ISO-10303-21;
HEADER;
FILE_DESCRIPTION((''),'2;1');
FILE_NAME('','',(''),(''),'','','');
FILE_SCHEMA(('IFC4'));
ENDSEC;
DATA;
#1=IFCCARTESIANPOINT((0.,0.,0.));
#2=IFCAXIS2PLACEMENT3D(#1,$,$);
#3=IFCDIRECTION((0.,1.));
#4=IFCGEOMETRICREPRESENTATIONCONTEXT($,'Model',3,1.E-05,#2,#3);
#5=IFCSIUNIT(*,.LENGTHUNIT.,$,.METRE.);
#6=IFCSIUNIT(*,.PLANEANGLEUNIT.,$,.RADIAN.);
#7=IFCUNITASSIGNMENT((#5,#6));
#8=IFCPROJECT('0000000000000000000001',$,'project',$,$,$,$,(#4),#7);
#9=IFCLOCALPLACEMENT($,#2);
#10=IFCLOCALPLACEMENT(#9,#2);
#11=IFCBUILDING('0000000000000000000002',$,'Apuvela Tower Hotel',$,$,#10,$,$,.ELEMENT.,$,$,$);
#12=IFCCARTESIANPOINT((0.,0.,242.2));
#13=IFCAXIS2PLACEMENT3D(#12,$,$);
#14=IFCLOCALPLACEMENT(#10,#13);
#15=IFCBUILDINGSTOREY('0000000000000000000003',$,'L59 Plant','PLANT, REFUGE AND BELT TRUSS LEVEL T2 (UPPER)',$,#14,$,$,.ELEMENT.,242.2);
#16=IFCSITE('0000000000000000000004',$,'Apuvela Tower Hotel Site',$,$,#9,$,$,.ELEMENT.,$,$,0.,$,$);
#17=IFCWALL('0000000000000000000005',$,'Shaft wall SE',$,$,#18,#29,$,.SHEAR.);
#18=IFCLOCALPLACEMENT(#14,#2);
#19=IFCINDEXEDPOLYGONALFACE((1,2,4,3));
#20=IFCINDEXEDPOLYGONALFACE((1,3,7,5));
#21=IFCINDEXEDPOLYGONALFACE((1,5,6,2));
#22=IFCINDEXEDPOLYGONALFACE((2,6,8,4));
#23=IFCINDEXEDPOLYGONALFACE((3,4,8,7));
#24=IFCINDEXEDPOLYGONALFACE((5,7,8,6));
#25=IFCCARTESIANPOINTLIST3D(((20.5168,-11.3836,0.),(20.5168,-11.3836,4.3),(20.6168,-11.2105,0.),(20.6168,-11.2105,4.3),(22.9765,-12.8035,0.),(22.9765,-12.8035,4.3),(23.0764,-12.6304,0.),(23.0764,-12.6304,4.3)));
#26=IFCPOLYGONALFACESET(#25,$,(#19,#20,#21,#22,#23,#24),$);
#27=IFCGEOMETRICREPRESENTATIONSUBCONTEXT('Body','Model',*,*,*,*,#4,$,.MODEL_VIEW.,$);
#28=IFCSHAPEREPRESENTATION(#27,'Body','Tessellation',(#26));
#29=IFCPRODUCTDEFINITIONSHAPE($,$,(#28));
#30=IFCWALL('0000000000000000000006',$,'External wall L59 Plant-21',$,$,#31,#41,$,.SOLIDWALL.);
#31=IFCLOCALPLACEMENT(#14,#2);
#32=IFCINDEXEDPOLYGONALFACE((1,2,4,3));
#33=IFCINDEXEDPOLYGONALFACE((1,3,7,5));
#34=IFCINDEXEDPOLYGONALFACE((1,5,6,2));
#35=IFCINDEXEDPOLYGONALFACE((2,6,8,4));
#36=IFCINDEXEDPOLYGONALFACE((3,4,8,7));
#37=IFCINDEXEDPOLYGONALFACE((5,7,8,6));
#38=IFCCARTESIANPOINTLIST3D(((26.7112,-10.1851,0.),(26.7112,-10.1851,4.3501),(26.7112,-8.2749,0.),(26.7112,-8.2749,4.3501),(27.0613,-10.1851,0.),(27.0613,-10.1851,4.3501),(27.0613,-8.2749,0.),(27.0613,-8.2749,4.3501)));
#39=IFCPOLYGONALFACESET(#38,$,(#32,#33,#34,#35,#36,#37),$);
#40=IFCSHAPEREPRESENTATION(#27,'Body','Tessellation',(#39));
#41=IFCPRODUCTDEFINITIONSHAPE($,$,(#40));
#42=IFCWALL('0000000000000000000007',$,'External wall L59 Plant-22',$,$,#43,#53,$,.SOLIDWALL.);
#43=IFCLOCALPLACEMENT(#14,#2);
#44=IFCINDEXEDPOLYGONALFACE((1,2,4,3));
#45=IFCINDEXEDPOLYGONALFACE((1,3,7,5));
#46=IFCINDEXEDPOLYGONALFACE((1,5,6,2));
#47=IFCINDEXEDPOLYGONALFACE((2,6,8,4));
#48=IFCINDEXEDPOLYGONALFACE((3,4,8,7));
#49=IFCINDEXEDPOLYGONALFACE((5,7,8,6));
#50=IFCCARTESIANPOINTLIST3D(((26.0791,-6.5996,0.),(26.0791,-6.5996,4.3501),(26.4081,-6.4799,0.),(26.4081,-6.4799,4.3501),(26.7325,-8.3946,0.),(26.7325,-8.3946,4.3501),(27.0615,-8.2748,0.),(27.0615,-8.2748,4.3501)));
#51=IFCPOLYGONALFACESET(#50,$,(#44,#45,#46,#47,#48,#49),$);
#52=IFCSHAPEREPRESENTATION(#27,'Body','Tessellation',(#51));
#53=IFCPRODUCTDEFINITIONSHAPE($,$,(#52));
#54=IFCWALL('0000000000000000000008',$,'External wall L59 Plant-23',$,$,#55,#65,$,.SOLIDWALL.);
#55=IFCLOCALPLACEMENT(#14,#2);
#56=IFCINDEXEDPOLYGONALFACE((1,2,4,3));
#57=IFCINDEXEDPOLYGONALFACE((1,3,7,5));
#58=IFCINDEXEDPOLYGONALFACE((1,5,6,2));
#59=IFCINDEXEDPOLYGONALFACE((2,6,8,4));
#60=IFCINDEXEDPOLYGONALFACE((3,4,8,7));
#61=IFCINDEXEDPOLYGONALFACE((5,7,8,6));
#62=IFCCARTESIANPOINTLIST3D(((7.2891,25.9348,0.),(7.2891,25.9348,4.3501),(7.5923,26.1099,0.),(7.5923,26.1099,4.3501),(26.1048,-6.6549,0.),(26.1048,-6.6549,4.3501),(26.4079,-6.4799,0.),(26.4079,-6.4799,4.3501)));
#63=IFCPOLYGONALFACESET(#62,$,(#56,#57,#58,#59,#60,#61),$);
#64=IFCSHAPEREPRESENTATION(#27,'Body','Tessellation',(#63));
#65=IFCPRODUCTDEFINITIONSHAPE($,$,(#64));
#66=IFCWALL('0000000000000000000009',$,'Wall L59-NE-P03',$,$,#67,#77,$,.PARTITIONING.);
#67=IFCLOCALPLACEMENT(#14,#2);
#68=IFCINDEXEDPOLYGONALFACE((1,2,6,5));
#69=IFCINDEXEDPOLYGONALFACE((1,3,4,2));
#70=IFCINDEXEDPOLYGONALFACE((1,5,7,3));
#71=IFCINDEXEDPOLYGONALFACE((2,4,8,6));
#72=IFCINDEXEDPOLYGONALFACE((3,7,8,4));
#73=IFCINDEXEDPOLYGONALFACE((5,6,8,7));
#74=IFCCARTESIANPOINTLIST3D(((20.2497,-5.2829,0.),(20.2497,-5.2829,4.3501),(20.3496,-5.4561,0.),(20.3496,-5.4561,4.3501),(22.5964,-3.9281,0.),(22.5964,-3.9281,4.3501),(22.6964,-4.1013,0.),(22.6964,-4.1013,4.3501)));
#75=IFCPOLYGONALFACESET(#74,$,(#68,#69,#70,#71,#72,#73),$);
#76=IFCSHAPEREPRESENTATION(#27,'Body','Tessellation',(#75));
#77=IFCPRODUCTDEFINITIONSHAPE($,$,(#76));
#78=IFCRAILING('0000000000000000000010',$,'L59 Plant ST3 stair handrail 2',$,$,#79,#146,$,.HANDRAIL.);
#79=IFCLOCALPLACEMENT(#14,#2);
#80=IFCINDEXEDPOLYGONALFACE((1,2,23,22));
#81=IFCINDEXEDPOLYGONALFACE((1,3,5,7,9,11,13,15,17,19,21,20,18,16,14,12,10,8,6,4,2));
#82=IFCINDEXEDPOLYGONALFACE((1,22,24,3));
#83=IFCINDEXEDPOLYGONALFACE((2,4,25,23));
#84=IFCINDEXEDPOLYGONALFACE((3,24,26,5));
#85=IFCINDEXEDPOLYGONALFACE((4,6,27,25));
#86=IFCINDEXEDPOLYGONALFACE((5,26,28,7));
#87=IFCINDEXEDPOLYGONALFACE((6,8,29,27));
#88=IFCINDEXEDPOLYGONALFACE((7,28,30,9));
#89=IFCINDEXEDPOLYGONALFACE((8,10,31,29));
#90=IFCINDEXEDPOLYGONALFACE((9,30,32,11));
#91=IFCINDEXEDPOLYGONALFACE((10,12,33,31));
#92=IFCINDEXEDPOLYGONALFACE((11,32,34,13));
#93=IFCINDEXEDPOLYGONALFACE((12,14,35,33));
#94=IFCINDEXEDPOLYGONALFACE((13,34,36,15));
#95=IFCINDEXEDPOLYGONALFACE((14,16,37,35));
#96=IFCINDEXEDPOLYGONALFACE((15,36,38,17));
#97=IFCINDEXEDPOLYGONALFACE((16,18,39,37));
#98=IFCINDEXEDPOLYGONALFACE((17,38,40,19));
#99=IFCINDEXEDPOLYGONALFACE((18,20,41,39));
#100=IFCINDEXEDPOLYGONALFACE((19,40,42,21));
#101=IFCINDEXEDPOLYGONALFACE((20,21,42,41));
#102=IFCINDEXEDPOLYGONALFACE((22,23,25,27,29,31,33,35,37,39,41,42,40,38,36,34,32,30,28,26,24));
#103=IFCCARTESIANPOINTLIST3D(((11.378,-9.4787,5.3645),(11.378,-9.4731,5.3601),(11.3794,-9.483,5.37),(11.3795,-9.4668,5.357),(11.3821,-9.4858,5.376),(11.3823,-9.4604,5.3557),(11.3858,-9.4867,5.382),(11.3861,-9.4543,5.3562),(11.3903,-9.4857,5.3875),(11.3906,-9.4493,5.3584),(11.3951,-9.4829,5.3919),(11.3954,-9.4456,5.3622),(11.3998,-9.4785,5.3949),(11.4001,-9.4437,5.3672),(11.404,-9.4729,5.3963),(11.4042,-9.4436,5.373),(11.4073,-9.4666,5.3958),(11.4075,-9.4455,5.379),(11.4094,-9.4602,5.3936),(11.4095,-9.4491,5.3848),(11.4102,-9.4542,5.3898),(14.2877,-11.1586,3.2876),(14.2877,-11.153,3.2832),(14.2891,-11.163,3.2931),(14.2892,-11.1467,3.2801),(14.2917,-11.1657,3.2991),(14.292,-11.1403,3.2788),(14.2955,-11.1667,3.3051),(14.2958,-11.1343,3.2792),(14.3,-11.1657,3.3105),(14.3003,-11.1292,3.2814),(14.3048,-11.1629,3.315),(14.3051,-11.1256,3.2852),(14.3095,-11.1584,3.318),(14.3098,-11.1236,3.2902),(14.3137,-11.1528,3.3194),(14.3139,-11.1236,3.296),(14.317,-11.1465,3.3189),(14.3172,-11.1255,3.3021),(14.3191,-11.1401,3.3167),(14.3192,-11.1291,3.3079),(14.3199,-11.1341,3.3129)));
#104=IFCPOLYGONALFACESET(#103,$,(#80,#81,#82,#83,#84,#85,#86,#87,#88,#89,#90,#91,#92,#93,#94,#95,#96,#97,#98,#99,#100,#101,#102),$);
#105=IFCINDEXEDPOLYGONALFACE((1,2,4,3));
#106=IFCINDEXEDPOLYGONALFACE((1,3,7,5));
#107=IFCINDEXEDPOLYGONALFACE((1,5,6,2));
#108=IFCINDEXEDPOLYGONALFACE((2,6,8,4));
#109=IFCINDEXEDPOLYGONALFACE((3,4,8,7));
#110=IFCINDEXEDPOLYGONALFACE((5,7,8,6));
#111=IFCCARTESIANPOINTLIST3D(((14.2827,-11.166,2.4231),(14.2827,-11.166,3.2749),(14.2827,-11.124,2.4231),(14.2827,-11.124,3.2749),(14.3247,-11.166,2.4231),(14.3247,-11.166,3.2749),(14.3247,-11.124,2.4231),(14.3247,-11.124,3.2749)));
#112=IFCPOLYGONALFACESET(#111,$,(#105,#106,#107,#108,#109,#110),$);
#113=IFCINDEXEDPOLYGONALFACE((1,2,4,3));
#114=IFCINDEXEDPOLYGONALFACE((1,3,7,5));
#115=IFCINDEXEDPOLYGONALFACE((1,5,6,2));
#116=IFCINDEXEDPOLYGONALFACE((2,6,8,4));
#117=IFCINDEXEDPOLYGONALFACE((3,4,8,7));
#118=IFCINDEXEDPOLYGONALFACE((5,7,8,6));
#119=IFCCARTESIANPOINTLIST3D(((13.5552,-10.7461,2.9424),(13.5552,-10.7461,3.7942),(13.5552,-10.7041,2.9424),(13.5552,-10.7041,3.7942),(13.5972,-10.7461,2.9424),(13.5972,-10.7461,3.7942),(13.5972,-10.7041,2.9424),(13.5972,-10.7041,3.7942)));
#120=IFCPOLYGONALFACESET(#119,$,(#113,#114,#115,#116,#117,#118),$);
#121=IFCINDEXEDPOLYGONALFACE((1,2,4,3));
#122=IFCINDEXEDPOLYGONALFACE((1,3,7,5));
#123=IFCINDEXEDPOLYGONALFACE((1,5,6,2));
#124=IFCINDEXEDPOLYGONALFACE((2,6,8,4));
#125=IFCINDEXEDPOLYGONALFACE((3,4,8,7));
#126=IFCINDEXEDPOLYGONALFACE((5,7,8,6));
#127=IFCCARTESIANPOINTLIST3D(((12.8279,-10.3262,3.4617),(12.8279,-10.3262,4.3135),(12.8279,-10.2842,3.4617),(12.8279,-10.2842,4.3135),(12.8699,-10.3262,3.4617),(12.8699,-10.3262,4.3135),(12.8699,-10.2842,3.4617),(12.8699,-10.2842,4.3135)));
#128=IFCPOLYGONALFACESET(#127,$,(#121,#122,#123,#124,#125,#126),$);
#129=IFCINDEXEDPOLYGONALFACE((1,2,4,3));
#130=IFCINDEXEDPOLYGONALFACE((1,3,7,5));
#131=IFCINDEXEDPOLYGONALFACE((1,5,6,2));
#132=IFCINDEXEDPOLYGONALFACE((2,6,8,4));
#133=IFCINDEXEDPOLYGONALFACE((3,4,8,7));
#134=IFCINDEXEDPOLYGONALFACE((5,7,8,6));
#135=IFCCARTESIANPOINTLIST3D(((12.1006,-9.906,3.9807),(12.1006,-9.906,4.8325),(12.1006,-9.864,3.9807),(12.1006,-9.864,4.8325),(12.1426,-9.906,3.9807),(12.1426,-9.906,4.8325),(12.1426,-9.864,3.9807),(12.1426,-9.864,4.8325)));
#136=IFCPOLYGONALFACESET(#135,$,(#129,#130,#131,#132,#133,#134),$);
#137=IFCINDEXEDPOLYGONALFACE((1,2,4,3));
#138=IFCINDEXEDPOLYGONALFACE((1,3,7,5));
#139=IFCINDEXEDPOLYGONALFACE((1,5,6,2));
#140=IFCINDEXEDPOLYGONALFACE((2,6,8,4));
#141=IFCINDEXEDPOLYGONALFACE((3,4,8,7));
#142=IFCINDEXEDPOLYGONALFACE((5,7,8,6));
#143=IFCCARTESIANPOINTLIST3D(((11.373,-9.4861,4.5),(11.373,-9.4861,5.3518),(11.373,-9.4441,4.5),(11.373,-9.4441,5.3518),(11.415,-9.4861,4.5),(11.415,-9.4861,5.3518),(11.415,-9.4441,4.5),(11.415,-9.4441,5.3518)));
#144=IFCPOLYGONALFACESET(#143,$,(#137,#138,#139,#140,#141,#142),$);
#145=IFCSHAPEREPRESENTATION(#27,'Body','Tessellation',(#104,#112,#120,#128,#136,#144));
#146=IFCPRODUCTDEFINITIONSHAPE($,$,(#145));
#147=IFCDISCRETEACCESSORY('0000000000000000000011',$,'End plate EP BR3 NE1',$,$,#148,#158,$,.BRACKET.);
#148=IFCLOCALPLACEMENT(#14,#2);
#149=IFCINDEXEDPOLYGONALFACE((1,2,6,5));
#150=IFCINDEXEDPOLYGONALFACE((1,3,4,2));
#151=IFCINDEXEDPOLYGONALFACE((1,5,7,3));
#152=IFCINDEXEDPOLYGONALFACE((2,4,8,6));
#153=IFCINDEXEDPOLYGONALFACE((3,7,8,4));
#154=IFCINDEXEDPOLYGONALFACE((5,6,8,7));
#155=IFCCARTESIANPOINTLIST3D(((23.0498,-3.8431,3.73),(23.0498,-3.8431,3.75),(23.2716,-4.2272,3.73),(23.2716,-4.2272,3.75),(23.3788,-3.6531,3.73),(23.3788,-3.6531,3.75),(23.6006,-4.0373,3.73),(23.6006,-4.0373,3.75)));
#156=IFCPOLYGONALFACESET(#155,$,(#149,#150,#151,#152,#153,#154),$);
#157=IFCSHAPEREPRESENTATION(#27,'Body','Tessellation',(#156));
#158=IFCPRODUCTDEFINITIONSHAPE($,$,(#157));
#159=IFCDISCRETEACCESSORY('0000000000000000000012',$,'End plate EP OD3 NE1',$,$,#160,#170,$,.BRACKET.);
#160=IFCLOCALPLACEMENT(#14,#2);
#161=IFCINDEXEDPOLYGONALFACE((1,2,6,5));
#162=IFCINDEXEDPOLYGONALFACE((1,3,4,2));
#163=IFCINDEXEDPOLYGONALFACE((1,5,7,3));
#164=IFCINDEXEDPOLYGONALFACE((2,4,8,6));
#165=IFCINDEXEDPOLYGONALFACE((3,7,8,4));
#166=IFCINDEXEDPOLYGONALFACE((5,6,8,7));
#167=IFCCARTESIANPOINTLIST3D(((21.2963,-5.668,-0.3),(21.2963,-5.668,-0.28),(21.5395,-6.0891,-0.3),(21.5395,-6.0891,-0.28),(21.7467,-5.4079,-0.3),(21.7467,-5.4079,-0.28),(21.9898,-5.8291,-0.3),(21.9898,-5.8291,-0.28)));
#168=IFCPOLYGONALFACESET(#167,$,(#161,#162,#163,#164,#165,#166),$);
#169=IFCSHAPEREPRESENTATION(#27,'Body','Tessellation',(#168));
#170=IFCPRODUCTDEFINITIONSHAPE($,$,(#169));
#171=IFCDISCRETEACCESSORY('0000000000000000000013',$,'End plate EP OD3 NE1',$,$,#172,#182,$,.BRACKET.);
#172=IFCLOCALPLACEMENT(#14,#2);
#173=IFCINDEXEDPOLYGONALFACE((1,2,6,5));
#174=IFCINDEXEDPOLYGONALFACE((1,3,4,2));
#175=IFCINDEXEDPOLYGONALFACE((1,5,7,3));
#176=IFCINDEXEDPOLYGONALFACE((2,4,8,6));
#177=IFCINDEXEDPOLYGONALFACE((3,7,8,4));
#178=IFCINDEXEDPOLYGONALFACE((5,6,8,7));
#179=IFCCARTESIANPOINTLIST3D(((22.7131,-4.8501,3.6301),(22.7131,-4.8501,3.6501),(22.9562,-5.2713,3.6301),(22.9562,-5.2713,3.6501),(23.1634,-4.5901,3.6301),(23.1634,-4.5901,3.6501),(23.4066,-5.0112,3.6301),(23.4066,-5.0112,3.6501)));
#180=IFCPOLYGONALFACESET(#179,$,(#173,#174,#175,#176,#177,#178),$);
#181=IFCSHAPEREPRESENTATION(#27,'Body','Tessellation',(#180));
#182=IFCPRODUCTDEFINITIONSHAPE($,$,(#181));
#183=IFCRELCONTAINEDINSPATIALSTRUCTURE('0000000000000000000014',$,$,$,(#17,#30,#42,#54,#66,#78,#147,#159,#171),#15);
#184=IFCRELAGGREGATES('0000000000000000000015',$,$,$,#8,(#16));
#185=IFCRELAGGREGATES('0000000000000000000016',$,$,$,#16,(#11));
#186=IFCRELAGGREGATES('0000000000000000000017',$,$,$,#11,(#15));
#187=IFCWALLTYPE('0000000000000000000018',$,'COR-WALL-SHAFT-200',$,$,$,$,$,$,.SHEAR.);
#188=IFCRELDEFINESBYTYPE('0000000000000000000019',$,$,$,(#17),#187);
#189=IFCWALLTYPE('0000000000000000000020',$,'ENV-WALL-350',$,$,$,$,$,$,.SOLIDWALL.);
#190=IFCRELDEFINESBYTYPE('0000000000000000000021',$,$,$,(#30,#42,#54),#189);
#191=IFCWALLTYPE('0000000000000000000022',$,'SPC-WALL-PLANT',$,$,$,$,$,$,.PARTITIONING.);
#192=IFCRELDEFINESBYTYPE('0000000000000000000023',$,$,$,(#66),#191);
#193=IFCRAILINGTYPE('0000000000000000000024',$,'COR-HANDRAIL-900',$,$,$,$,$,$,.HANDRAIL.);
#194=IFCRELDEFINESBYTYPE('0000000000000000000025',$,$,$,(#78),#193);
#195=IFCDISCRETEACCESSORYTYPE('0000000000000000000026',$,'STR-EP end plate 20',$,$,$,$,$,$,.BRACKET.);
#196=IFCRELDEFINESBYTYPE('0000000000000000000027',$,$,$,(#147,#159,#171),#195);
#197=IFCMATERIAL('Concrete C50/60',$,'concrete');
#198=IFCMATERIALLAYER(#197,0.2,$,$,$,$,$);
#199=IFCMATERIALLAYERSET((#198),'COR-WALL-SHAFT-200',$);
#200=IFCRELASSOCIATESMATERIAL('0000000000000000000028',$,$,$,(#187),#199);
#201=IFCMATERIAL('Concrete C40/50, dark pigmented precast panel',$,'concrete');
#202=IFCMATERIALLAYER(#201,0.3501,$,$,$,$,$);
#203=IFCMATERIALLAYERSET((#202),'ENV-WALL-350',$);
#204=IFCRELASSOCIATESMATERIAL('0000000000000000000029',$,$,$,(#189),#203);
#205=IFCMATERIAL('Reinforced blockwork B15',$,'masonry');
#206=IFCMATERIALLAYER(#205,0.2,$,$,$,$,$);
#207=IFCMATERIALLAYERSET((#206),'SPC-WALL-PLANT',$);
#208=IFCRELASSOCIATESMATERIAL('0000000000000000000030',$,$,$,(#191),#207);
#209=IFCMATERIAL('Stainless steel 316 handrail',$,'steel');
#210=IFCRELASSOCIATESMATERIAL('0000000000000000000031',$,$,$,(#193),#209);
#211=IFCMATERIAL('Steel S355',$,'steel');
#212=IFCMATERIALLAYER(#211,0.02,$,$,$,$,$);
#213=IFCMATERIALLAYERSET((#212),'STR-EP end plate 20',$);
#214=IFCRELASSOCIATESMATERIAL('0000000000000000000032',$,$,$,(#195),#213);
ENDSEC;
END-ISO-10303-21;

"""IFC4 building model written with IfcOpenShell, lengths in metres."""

from ifc_helpers import new_model, si_unit, direction, frame, frame_2d, origin, origin_2d, place, context, subcontext, project, spatial, rectangle, circle, extrude, material, layer, layer_set, type_object, element, save


model = new_model("IFC4")

# Units and contexts
model_context = context("Model", 3, precision=1e-05, world=origin(), true_north=direction((0.0, 1.0)))
body_context = subcontext(model_context, "Body", "Model", "MODEL_VIEW")
ifc_project = project(units=[si_unit("LENGTHUNIT", "METRE"), si_unit("PLANEANGLEUNIT", "RADIAN")], contexts=[model_context])

# Site, building, storey
site_placement = place(None, origin())
site = spatial("IfcSite", under=ifc_project, at=site_placement, Name="Apuvela Tower Hotel Site", CompositionType="ELEMENT", RefElevation=0.0)
building_placement = place(site_placement, origin())
building = spatial("IfcBuilding", under=site, at=building_placement, Name="Apuvela Tower Hotel", CompositionType="ELEMENT")
storey_placement = place(building_placement, frame((0.0, 0.0, 242.2)))
storey = spatial("IfcBuildingStorey", under=building, at=storey_placement, Name="L59 Plant", Description="PLANT, REFUGE AND BELT TRUSS LEVEL T2 (UPPER)", CompositionType="ELEMENT", Elevation=242.2)

# Shared definitions
ifc_material_1 = material(Name="Steel S355", Category="steel")

# Shared definitions
ifc_material_2 = material(Name="Concrete C50/60", Category="concrete")
ifc_layer_1 = layer(ifc_material_2, 0.2)
ifc_layer_set_1 = layer_set([ifc_layer_1], Name="COR-WALL-SHAFT-200")
wall_type_1 = type_object("IfcWallType", Name="COR-WALL-SHAFT-200", PredefinedType="SHEAR", material=ifc_layer_set_1)

# Walls
wall_1_placement = place(storey_placement, frame((20.5669, -11.2971, 0.0), z_axis=(0.0, 0.0, 1.0), x_axis=(0.866055, -0.499948, 0.0)))
element("IfcWall", 1, at=wall_1_placement, inside=storey, type_object=wall_type_1, Name="Shaft wall SE", PredefinedType="SHEAR", context=body_context, shape_type="SweptSolid", body=[
    extrude(rectangle(XDim=2.8401, YDim=0.2, at=frame_2d((1.4199, 0.0))), origin(), (0.0, 0.0, 1.0), 4.3),
])
ifc_material_3 = material(Name="Concrete C40/50, dark pigmented precast panel", Category="concrete")
ifc_layer_2 = layer(ifc_material_3, 0.3501)
ifc_layer_set_2 = layer_set([ifc_layer_2], Name="ENV-WALL-350")
wall_type_2 = type_object("IfcWallType", Name="ENV-WALL-350", PredefinedType="SOLIDWALL", material=ifc_layer_set_2)
for number, where, z_axis, x_axis, name in (
    (2, (26.8862, -10.1851, 0.0), (0.0, 0.0, 1.0), (0.0, 1.0, 0.0), "External wall L59 Plant-21"),
    (3, (26.897, -8.3347, 0.0), (0.0, 0.0, 1.0), (-0.34203, 0.939689, 0.0), "External wall L59 Plant-22"),
):
    element("IfcWall", number, at=place(storey_placement, frame(where, z_axis=z_axis, x_axis=x_axis)), inside=storey, type_object=wall_type_2, Name=name, PredefinedType="SOLIDWALL", context=body_context, shape_type="SweptSolid", body=[
        extrude(rectangle(XDim=1.9102, YDim=0.3501, at=frame_2d((0.9551, 0.0))), origin(), (0.0, 0.0, 1.0), 4.3501),
    ])
wall_2_placement = place(storey_placement, frame((26.2563, -6.5674, 0.0), z_axis=(0.0, 0.0, 1.0), x_axis=(-0.499998, 0.866026, 0.0)))
element("IfcWall", 4, at=wall_2_placement, inside=storey, type_object=wall_type_2, Name="External wall L59 Plant-23", PredefinedType="SOLIDWALL", context=body_context, shape_type="SweptSolid", body=[
    extrude(rectangle(XDim=37.6313, YDim=0.3501, at=frame_2d((18.8157, 0.0))), origin(), (0.0, 0.0, 1.0), 4.3501),
])
ifc_material_4 = material(Name="Reinforced blockwork B15", Category="masonry")
ifc_layer_3 = layer(ifc_material_4, 0.2)
ifc_layer_set_3 = layer_set([ifc_layer_3], Name="SPC-WALL-PLANT")
wall_type_3 = type_object("IfcWallType", Name="SPC-WALL-PLANT", PredefinedType="PARTITIONING", material=ifc_layer_set_3)
wall_3_placement = place(storey_placement, frame((22.6465, -4.0146, 0.0), z_axis=(0.0, 0.0, 1.0), x_axis=(-0.866045, -0.499967, 0.0)))
element("IfcWall", 5, at=wall_3_placement, inside=storey, type_object=wall_type_3, Name="Wall L59-NE-P03", PredefinedType="PARTITIONING", context=body_context, shape_type="SweptSolid", body=[
    extrude(rectangle(XDim=2.7097, YDim=0.2, at=frame_2d((1.355, 0.0))), origin(), (0.0, 0.0, 1.0), 4.3501),
])

# Railing
ifc_material_5 = material(Name="Stainless steel 316 handrail", Category="steel")
railing_type = type_object("IfcRailingType", Name="COR-HANDRAIL-900", PredefinedType="HANDRAIL", material=ifc_material_5)
railing_placement = place(storey_placement, frame((14.3037, -11.145, 2.4231)))
element("IfcRailing", 6, at=railing_placement, inside=storey, type_object=railing_type, Name="L59 Plant ST3 stair handrail 2", PredefinedType="HANDRAIL", context=body_context, shape_type="SweptSolid", body=[
    extrude(circle(Radius=0.0239, at=origin_2d()), frame((0.0, 0.0, 0.876), z_axis=(-0.73664, 0.425308, 0.525809), x_axis=(-0.500008, -0.866021, 0.0)), (0.0, 0.0, 1.0), 3.95),
    extrude(rectangle(XDim=0.042, YDim=0.042, at=origin_2d()), origin(), (0.0, 0.0, 1.0), 0.8518),
    extrude(rectangle(XDim=0.042, YDim=0.042, at=origin_2d()), frame((-0.7275, 0.4199, 0.5193)), (0.0, 0.0, 1.0), 0.8518),
    extrude(rectangle(XDim=0.042, YDim=0.042, at=origin_2d()), frame((-1.4548, 0.8398, 1.0386)), (0.0, 0.0, 1.0), 0.8518),
    extrude(rectangle(XDim=0.042, YDim=0.042, at=origin_2d()), frame((-2.1821, 1.26, 1.5576)), (0.0, 0.0, 1.0), 0.8518),
    extrude(rectangle(XDim=0.042, YDim=0.042, at=origin_2d()), frame((-2.9097, 1.6799, 2.0769)), (0.0, 0.0, 1.0), 0.8518),
])

# Discrete accessories
ifc_layer_4 = layer(ifc_material_1, 0.02)
ifc_layer_set_4 = layer_set([ifc_layer_4], Name="STR-EP end plate 20")
discrete_accessory_type = type_object("IfcDiscreteAccessoryType", Name="STR-EP end plate 20", PredefinedType="BRACKET", material=ifc_layer_set_4)
discrete_accessory_placement = place(storey_placement, frame((23.3252, -3.9402, 3.73), z_axis=(0.0, 0.0, 1.0), x_axis=(0.5, -0.866025, 0.0)))
element("IfcDiscreteAccessory", 7, at=discrete_accessory_placement, inside=storey, type_object=discrete_accessory_type, Name="End plate EP BR3 NE1", PredefinedType="BRACKET", context=body_context, shape_type="SweptSolid", body=[
    extrude(rectangle(XDim=0.4436, YDim=0.3799, at=origin_2d()), origin(), (0.0, 0.0, 1.0), 0.02),
])
for number, where, z_axis, x_axis, name in (
    (8, (21.6431, -5.7485, -0.3), (0.0, 0.0, 1.0), (0.866025, 0.5, 0.0), "End plate EP OD3 NE1"),
    (9, (23.0598, -4.9307, 3.6301), (0.0, 0.0, 1.0), (0.866025, 0.5, 0.0), "End plate EP OD3 NE1"),
):
    element("IfcDiscreteAccessory", number, at=place(storey_placement, frame(where, z_axis=z_axis, x_axis=x_axis)), inside=storey, type_object=discrete_accessory_type, Name=name, PredefinedType="BRACKET", context=body_context, shape_type="SweptSolid", body=[
        extrude(rectangle(XDim=0.52, YDim=0.4863, at=origin_2d()), origin(), (0.0, 0.0, 1.0), 0.02),
    ])

save(model, "model.ifc")
